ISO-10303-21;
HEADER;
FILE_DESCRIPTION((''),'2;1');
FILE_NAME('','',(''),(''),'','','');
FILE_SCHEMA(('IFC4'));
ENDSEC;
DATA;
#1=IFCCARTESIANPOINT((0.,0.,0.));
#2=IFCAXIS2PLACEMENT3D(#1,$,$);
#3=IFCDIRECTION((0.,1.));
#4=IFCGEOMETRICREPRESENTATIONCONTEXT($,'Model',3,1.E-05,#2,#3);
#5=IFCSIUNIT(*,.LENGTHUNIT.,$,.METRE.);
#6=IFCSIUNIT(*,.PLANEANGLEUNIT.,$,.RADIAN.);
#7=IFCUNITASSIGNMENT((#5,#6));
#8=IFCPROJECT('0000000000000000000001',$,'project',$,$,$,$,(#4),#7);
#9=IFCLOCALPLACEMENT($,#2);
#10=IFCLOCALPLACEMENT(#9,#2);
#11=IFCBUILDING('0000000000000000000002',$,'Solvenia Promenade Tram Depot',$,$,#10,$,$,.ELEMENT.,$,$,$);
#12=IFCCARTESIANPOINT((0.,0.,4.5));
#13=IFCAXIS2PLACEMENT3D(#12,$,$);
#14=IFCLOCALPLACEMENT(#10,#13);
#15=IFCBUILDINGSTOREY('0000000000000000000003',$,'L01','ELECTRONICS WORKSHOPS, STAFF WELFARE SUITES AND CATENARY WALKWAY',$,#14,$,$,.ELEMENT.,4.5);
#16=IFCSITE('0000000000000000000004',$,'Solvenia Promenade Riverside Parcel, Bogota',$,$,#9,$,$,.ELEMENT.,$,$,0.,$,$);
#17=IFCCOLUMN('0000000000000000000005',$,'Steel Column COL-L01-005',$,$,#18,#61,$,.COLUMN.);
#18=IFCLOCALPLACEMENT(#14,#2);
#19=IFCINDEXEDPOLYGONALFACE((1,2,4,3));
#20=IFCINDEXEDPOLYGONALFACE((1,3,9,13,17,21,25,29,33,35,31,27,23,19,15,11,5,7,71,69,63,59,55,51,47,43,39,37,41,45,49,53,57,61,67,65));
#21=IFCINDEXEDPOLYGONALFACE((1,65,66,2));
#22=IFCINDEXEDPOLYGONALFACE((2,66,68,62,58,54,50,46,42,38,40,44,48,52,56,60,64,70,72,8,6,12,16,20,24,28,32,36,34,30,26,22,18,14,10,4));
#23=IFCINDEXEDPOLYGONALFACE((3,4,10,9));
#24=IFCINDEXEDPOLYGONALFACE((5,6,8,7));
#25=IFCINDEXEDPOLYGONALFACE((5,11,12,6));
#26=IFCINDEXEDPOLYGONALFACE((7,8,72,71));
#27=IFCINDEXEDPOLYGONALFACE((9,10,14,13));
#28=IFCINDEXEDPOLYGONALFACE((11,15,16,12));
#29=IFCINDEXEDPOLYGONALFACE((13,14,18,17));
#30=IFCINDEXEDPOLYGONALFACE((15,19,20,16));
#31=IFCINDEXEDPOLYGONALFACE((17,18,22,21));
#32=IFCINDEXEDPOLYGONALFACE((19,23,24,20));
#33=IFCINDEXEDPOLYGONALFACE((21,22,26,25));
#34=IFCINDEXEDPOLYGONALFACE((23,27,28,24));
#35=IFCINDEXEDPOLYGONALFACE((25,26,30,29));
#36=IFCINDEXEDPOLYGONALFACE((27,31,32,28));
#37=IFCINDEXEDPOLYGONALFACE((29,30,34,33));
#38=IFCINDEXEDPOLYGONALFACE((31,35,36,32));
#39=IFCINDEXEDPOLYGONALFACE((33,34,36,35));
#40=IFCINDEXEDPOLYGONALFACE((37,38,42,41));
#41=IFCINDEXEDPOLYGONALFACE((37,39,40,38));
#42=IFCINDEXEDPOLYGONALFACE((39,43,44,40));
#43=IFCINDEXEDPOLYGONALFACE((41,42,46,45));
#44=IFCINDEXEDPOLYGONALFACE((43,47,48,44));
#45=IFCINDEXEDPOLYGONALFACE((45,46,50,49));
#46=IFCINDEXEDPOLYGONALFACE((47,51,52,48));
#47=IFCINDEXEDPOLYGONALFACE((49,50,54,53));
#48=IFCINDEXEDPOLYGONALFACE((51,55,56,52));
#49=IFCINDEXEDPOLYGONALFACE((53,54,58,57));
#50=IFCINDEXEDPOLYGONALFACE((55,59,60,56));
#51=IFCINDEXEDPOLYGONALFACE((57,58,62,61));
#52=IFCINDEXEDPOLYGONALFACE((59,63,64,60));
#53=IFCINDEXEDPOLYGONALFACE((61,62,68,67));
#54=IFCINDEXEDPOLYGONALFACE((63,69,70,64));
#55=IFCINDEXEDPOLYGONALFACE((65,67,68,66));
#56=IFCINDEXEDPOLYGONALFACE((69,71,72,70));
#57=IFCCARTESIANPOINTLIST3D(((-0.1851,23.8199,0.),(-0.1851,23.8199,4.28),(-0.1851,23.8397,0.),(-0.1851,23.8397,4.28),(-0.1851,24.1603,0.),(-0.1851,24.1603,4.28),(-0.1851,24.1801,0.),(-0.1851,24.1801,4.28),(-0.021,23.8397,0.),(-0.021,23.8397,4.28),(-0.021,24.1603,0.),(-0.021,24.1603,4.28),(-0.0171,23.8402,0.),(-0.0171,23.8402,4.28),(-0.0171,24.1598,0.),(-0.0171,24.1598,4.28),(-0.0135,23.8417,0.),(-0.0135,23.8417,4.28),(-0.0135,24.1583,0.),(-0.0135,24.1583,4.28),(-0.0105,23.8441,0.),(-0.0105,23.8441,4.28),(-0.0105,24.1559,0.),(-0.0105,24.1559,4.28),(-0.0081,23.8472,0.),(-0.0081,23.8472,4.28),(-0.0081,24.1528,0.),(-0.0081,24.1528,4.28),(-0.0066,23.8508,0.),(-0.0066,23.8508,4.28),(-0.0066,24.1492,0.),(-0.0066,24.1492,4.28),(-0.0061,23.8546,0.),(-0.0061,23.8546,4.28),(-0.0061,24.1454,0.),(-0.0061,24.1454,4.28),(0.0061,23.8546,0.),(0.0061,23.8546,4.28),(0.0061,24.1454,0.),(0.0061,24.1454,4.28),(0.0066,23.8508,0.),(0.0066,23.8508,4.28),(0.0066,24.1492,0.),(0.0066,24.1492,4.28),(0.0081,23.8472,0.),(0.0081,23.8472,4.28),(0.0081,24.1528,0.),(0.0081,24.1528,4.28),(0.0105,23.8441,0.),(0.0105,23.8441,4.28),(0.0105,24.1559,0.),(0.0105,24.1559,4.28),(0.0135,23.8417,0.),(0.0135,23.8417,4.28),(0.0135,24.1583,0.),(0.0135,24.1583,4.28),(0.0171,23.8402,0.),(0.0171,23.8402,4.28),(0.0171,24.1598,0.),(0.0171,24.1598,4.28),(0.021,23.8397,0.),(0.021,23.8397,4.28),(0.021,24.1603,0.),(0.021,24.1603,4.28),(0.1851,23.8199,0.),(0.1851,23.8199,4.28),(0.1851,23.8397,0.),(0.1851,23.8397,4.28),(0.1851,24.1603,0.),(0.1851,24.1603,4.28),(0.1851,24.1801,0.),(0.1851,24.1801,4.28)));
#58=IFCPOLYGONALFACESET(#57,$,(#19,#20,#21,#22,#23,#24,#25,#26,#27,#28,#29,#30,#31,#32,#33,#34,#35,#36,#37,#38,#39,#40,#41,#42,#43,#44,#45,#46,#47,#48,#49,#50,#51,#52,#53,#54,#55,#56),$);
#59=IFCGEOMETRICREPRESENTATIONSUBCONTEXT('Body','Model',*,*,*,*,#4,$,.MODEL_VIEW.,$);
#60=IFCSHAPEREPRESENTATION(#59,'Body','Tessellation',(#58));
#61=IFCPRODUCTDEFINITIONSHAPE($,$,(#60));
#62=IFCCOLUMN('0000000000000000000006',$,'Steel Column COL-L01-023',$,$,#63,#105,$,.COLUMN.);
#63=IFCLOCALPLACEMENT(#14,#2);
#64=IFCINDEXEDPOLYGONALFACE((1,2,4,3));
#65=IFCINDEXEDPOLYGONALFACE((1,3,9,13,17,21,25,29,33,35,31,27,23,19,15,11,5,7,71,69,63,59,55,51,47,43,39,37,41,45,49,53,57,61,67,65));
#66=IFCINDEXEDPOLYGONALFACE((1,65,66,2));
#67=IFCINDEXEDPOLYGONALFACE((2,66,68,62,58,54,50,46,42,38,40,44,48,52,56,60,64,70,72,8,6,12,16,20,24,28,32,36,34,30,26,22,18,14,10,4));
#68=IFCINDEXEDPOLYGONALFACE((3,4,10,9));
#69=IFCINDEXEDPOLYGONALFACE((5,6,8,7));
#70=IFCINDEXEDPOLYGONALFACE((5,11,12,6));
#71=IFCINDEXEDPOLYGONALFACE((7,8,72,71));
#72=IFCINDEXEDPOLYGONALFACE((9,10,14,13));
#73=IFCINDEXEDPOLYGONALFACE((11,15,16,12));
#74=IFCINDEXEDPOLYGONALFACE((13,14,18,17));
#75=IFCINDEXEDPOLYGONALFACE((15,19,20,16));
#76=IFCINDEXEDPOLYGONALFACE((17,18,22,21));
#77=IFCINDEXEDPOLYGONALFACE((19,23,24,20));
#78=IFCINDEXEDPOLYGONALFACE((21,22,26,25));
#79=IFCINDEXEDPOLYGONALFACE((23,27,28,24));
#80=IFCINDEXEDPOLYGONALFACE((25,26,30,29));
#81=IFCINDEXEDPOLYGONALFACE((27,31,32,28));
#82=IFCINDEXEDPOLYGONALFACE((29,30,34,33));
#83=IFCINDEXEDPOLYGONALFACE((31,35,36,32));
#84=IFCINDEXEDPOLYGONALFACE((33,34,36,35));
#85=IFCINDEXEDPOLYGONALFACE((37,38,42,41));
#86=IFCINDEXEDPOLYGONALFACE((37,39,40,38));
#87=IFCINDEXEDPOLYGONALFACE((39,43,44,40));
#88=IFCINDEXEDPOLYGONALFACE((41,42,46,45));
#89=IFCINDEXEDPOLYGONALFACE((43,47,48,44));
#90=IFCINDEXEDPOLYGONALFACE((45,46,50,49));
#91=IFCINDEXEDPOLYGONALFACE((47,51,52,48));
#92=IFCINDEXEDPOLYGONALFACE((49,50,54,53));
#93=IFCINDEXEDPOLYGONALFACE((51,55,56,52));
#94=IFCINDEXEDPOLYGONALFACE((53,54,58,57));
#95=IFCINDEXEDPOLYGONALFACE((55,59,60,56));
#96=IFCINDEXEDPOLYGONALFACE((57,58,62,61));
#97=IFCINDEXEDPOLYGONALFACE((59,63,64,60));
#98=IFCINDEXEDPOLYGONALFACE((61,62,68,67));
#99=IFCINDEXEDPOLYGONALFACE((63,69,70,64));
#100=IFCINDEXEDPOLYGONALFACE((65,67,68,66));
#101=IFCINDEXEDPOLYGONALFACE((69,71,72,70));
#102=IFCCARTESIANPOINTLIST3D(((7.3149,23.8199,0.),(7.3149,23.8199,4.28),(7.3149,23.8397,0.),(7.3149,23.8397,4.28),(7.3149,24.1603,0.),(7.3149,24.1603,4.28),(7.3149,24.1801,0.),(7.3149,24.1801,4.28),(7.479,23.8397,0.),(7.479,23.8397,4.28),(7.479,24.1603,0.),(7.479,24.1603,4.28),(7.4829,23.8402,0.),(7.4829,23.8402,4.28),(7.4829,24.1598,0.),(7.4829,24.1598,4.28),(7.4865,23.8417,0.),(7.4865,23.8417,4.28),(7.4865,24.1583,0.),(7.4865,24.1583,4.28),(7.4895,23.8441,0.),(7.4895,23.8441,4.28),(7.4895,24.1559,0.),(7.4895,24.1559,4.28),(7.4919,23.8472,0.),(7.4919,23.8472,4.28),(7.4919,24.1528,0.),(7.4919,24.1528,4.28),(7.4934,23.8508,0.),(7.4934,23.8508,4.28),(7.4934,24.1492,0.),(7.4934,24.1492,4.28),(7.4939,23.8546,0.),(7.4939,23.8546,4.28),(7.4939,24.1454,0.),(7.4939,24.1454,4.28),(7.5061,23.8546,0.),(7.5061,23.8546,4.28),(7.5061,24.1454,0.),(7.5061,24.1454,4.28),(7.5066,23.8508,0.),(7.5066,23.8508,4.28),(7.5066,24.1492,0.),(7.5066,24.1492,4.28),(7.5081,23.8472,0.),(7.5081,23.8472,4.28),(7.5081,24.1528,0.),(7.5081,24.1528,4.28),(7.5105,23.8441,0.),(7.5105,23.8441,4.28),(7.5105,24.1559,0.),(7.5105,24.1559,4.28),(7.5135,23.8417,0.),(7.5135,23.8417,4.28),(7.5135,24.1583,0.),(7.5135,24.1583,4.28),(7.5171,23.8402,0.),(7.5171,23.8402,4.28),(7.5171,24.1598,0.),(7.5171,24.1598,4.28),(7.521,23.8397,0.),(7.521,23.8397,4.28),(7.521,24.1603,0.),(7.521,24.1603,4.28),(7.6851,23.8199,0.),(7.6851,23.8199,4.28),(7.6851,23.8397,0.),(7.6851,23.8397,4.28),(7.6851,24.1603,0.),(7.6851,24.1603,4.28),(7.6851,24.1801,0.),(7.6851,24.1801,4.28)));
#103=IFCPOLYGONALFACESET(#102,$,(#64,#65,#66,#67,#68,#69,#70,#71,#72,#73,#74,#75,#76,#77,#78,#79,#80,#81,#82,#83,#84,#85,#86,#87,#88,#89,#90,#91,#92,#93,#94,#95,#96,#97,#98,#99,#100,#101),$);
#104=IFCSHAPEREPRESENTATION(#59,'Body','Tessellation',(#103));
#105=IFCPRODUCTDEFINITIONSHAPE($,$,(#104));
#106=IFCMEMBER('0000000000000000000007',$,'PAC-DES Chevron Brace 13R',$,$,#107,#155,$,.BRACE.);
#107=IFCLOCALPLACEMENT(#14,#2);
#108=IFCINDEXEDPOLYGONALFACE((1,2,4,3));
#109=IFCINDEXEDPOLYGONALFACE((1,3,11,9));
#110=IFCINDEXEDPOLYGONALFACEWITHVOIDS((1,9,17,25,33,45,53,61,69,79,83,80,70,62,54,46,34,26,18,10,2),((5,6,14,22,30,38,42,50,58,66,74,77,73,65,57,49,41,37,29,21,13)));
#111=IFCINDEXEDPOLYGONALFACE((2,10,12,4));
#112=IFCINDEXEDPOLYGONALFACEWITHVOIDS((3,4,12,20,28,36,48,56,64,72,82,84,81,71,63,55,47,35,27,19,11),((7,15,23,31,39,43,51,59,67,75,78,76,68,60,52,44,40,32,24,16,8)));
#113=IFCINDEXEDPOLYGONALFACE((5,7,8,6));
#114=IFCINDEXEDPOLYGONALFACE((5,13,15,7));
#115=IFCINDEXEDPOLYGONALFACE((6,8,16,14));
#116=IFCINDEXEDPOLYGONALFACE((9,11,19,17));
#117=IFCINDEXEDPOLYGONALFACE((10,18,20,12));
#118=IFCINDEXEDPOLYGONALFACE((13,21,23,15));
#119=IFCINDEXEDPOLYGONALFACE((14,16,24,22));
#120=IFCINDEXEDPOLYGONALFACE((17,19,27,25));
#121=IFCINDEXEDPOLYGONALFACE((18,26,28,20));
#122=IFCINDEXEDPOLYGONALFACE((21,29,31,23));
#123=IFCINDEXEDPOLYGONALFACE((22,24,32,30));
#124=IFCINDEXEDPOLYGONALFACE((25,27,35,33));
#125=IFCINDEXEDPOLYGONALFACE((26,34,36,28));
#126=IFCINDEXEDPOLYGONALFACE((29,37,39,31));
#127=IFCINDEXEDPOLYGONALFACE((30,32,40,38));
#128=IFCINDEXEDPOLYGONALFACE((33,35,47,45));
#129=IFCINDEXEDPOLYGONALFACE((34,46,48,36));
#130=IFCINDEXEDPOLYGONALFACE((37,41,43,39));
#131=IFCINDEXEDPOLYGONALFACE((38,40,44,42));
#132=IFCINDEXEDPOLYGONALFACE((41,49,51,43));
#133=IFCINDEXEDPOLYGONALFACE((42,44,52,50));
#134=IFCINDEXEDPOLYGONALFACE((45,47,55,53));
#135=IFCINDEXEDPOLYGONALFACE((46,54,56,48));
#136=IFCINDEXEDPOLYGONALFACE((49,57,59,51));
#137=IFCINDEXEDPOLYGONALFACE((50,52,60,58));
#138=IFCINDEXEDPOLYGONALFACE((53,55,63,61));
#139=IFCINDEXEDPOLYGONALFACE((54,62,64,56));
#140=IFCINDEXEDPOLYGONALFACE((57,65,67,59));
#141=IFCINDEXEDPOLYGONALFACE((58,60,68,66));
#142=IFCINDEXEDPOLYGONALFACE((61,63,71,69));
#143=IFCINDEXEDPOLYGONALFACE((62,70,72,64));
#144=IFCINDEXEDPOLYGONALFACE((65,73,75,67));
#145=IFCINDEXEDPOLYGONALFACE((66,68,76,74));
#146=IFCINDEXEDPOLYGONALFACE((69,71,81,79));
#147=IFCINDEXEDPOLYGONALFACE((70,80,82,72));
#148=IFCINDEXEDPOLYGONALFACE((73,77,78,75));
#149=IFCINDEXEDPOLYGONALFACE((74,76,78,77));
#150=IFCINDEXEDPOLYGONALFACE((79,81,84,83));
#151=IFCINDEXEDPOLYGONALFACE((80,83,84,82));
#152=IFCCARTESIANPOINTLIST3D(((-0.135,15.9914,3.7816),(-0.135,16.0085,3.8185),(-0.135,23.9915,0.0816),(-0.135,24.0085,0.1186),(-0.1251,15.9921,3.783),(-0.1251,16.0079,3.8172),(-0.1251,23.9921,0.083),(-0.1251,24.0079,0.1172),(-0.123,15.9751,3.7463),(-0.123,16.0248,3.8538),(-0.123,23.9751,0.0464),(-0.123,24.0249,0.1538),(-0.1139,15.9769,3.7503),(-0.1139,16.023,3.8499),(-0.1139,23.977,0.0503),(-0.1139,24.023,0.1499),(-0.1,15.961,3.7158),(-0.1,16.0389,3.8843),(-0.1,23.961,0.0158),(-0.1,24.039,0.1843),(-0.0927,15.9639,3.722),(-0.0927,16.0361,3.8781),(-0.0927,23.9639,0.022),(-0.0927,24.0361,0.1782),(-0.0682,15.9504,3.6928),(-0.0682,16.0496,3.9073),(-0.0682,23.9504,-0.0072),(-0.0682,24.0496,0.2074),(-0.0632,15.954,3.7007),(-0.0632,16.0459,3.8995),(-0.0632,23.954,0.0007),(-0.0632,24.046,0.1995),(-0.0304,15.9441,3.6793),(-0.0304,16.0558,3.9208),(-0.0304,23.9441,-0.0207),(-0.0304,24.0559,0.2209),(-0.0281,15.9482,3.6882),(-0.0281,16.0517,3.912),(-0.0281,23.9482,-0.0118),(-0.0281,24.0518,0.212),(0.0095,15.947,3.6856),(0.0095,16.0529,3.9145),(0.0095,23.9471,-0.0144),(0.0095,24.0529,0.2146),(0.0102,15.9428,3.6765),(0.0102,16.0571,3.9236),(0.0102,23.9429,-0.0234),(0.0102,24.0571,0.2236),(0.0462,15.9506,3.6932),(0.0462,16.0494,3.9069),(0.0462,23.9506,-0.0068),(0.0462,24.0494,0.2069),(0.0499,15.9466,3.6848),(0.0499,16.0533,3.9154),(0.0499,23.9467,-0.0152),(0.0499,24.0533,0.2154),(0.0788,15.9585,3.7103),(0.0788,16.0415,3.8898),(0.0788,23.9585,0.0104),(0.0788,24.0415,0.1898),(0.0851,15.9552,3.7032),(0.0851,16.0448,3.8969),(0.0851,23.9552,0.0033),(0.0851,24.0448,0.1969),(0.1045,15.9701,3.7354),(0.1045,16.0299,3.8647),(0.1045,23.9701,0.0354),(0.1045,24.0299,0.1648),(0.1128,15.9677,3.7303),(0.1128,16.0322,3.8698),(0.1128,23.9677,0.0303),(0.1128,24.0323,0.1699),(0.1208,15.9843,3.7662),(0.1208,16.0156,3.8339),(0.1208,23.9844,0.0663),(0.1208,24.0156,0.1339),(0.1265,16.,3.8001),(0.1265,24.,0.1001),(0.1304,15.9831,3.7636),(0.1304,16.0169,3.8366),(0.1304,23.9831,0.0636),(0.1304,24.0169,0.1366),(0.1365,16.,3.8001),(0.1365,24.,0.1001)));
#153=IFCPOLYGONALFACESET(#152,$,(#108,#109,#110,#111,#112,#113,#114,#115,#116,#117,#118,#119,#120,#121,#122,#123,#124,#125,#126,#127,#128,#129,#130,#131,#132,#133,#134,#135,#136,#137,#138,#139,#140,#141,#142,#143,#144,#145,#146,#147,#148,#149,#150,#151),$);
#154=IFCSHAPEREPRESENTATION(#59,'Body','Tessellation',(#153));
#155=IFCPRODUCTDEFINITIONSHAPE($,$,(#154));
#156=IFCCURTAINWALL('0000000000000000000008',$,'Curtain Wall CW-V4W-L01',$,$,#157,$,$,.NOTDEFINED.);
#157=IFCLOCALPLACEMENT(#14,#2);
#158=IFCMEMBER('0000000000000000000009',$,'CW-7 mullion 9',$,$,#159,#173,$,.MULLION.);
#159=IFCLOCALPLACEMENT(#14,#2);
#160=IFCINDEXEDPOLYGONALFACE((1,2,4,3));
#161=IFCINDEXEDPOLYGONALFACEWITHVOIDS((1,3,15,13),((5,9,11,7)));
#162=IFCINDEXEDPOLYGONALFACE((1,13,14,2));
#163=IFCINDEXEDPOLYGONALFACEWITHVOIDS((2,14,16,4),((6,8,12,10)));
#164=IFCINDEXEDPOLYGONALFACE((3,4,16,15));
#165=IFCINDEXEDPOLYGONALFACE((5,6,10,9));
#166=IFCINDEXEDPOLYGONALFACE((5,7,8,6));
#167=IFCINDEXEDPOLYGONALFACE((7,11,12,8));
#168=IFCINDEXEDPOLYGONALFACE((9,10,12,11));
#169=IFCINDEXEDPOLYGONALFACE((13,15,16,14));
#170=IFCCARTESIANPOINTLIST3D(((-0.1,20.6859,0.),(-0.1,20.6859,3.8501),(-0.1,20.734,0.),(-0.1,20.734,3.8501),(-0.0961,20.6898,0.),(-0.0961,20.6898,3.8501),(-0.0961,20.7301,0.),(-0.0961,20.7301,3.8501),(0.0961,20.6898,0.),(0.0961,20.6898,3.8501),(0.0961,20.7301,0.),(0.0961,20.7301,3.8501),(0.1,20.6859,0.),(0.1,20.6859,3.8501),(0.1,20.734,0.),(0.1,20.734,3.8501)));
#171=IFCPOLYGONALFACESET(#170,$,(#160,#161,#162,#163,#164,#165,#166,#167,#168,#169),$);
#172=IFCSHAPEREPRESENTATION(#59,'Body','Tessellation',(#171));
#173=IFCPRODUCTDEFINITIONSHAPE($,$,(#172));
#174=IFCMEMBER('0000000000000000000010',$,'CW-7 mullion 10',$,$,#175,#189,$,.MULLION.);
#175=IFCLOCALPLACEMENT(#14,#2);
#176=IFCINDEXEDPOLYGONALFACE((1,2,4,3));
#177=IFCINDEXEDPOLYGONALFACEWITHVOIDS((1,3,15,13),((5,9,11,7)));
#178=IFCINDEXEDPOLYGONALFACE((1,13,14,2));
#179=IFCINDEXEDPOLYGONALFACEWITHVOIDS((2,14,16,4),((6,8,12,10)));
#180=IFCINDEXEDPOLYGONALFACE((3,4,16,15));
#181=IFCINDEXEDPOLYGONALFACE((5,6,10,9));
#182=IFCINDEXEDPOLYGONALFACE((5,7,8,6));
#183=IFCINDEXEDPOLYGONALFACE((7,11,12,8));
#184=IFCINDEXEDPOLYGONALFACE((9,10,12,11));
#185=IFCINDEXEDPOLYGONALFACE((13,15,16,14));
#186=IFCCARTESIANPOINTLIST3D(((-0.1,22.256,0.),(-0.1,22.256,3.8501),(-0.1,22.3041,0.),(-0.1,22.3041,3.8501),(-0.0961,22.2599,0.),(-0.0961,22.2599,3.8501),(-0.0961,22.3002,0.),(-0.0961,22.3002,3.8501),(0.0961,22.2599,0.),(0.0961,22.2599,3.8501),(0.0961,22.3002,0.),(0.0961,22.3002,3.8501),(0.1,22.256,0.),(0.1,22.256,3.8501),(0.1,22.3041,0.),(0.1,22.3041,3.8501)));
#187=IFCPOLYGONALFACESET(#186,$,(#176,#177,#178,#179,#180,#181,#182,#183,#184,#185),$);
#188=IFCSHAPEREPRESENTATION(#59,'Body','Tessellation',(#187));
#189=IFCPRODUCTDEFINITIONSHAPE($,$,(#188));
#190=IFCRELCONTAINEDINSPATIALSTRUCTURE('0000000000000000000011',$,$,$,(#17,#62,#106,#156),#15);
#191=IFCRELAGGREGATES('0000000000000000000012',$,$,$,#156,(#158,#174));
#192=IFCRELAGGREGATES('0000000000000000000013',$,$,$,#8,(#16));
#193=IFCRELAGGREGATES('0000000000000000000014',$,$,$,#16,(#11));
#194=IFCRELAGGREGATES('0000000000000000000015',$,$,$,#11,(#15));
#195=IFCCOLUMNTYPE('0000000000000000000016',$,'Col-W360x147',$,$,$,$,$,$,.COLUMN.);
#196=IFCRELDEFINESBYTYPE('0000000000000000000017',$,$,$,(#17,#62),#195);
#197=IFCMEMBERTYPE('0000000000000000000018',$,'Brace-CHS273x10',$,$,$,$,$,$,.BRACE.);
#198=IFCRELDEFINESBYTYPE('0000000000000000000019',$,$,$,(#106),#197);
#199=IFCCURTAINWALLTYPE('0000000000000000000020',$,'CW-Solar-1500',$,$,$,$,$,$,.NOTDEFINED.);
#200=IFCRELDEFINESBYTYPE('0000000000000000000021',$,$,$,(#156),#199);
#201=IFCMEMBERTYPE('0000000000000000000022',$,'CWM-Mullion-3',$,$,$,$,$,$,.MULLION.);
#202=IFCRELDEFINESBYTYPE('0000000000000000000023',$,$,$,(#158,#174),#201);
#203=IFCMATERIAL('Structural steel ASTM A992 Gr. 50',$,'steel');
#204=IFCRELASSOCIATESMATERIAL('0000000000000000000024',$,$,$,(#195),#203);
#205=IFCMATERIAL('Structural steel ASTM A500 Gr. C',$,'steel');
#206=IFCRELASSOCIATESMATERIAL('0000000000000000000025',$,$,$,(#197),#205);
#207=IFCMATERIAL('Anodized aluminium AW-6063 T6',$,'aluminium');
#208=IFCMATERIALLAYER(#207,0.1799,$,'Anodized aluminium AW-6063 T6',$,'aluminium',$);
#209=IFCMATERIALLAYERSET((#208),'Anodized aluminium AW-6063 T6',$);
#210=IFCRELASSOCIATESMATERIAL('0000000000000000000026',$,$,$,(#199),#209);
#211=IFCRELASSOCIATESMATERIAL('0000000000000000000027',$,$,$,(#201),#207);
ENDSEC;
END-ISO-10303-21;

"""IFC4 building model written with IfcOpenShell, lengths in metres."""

from ifc_helpers import new_model, si_unit, direction, frame, origin, origin_2d, place, context, subcontext, project, spatial, hollow_rectangle, hollow_circle, i_section, extrude, material, layer, layer_set, material_profile, profile_set, type_object, element, aggregate, save


model = new_model("IFC4")

# Units and contexts
model_context = context("Model", 3, precision=1e-05, world=origin(), true_north=direction((0.0, 1.0)))
body_context = subcontext(model_context, "Body", "Model", "MODEL_VIEW")
ifc_project = project(units=[si_unit("LENGTHUNIT", "METRE"), si_unit("PLANEANGLEUNIT", "RADIAN")], contexts=[model_context])

# Site, building, storey
site_placement = place(None, origin())
site = spatial("IfcSite", under=ifc_project, at=site_placement, Name="Solvenia Promenade Riverside Parcel, Bogota", CompositionType="ELEMENT", RefElevation=0.0)
building_placement = place(site_placement, origin())
building = spatial("IfcBuilding", under=site, at=building_placement, Name="Solvenia Promenade Tram Depot", CompositionType="ELEMENT")
storey_placement = place(building_placement, frame((0.0, 0.0, 4.5)))
storey = spatial("IfcBuildingStorey", under=building, at=storey_placement, Name="L01", Description="ELECTRONICS WORKSHOPS, STAFF WELFARE SUITES AND CATENARY WALKWAY", CompositionType="ELEMENT", Elevation=4.5)

# Columns
ifc_material_1 = material(Name="Structural steel ASTM A992 Gr. 50", Category="steel")
ifc_material_profile_1 = material_profile(ifc_material_1, i_section(OverallWidth=0.3701, OverallDepth=0.3601, WebThickness=0.0122, FlangeThickness=0.0198, FilletRadius=0.0149, at=origin_2d()), Name="W360x147", Category="steel")
ifc_profile_set_1 = profile_set([ifc_material_profile_1], Name="Structural steel ASTM A992 Gr. 50")
column_type = type_object("IfcColumnType", Name="Col-W360x147", PredefinedType="COLUMN", material=ifc_profile_set_1)
for number, where, z_axis, x_axis, name in (
    (1, (0.0, 24.0, 0.0), (0.0, 0.0, 1.0), (1.0, 0.0, 0.0), "Steel Column COL-L01-005"),
    (2, (7.5, 24.0, 0.0), (0.0, 0.0, 1.0), (1.0, 0.0, 0.0), "Steel Column COL-L01-023"),
):
    element("IfcColumn", number, at=place(storey_placement, frame(where, z_axis=z_axis, x_axis=x_axis)), inside=storey, type_object=column_type, Name=name, PredefinedType="COLUMN", context=body_context, shape_type="SweptSolid", body=[
        extrude(i_section(OverallWidth=0.3701, OverallDepth=0.3601, WebThickness=0.0122, FlangeThickness=0.0198, FilletRadius=0.0149, at=origin_2d()), origin(), (0.0, 0.0, 1.0), 4.28),
    ])

# Member
ifc_material_2 = material(Name="Structural steel ASTM A500 Gr. C", Category="steel")
ifc_material_profile_2 = material_profile(ifc_material_2, hollow_circle(Radius=0.1365, WallThickness=0.01, at=origin_2d()), Name="CHS273.0x10", Category="steel")
ifc_profile_set_2 = profile_set([ifc_material_profile_2], Name="Structural steel ASTM A500 Gr. C")
member_type_1 = type_object("IfcMemberType", Name="Brace-CHS273x10", PredefinedType="BRACE", material=ifc_profile_set_2)
member_1_placement = place(storey_placement, frame((0.0, 24.0, 0.1001), z_axis=(0.0, -0.907629, 0.419773), x_axis=(1.0, 0.0, 0.0)))
element("IfcMember", 3, at=member_1_placement, inside=storey, type_object=member_type_1, Name="PAC-DES Chevron Brace 13R", PredefinedType="BRACE", context=body_context, shape_type="SweptSolid", body=[
    extrude(hollow_circle(Radius=0.1365, WallThickness=0.01, at=origin_2d()), origin(), (0.0, 0.0, 1.0), 8.8142),
])

# Curtain wall, members
ifc_material_3 = material(Name="Anodized aluminium AW-6063 T6", Category="aluminium")
ifc_layer_1 = layer(ifc_material_3, 0.1799, Name="Anodized aluminium AW-6063 T6", Category="aluminium")
ifc_layer_set_1 = layer_set([ifc_layer_1], Name="Anodized aluminium AW-6063 T6")
curtain_wall_type = type_object("IfcCurtainWallType", Name="CW-Solar-1500", PredefinedType="NOTDEFINED", material=ifc_layer_set_1)
curtain_wall_placement = place(storey_placement, origin())
curtain_wall = element("IfcCurtainWall", 4, at=curtain_wall_placement, inside=storey, type_object=curtain_wall_type, Name="Curtain Wall CW-V4W-L01", PredefinedType="NOTDEFINED")
ifc_material_profile_3 = material_profile(ifc_material_3, hollow_rectangle(XDim=0.2, YDim=0.0481, WallThickness=0.0039, at=origin_2d()), Name="ALU-M3", Category="aluminium")
ifc_profile_set_3 = profile_set([ifc_material_profile_3], Name="Anodized aluminium AW-6063 T6")
member_type_2 = type_object("IfcMemberType", Name="CWM-Mullion-3", PredefinedType="MULLION", material=ifc_profile_set_3)
member_2_placement = place(storey_placement, frame((0.0, 20.71, 0.0), z_axis=(0.0, 0.0, 1.0), x_axis=(-1.0, 0.0, 0.0)))
member_2 = element("IfcMember", 5, at=member_2_placement, type_object=member_type_2, Name="CW-7 mullion 9", PredefinedType="MULLION", context=body_context, shape_type="SweptSolid", body=[
    extrude(hollow_rectangle(XDim=0.2, YDim=0.0481, WallThickness=0.0039, at=origin_2d()), origin(), (0.0, 0.0, 1.0), 3.8501),
])
member_3_placement = place(storey_placement, frame((0.0, 22.28, 0.0), z_axis=(0.0, 0.0, 1.0), x_axis=(-1.0, 0.0, 0.0)))
member_3 = element("IfcMember", 6, at=member_3_placement, type_object=member_type_2, Name="CW-7 mullion 10", PredefinedType="MULLION", context=body_context, shape_type="SweptSolid", body=[
    extrude(hollow_rectangle(XDim=0.2, YDim=0.0481, WallThickness=0.0039, at=origin_2d()), origin(), (0.0, 0.0, 1.0), 3.8501),
])

aggregate(curtain_wall, [member_2, member_3])

save(model, "model.ifc")
